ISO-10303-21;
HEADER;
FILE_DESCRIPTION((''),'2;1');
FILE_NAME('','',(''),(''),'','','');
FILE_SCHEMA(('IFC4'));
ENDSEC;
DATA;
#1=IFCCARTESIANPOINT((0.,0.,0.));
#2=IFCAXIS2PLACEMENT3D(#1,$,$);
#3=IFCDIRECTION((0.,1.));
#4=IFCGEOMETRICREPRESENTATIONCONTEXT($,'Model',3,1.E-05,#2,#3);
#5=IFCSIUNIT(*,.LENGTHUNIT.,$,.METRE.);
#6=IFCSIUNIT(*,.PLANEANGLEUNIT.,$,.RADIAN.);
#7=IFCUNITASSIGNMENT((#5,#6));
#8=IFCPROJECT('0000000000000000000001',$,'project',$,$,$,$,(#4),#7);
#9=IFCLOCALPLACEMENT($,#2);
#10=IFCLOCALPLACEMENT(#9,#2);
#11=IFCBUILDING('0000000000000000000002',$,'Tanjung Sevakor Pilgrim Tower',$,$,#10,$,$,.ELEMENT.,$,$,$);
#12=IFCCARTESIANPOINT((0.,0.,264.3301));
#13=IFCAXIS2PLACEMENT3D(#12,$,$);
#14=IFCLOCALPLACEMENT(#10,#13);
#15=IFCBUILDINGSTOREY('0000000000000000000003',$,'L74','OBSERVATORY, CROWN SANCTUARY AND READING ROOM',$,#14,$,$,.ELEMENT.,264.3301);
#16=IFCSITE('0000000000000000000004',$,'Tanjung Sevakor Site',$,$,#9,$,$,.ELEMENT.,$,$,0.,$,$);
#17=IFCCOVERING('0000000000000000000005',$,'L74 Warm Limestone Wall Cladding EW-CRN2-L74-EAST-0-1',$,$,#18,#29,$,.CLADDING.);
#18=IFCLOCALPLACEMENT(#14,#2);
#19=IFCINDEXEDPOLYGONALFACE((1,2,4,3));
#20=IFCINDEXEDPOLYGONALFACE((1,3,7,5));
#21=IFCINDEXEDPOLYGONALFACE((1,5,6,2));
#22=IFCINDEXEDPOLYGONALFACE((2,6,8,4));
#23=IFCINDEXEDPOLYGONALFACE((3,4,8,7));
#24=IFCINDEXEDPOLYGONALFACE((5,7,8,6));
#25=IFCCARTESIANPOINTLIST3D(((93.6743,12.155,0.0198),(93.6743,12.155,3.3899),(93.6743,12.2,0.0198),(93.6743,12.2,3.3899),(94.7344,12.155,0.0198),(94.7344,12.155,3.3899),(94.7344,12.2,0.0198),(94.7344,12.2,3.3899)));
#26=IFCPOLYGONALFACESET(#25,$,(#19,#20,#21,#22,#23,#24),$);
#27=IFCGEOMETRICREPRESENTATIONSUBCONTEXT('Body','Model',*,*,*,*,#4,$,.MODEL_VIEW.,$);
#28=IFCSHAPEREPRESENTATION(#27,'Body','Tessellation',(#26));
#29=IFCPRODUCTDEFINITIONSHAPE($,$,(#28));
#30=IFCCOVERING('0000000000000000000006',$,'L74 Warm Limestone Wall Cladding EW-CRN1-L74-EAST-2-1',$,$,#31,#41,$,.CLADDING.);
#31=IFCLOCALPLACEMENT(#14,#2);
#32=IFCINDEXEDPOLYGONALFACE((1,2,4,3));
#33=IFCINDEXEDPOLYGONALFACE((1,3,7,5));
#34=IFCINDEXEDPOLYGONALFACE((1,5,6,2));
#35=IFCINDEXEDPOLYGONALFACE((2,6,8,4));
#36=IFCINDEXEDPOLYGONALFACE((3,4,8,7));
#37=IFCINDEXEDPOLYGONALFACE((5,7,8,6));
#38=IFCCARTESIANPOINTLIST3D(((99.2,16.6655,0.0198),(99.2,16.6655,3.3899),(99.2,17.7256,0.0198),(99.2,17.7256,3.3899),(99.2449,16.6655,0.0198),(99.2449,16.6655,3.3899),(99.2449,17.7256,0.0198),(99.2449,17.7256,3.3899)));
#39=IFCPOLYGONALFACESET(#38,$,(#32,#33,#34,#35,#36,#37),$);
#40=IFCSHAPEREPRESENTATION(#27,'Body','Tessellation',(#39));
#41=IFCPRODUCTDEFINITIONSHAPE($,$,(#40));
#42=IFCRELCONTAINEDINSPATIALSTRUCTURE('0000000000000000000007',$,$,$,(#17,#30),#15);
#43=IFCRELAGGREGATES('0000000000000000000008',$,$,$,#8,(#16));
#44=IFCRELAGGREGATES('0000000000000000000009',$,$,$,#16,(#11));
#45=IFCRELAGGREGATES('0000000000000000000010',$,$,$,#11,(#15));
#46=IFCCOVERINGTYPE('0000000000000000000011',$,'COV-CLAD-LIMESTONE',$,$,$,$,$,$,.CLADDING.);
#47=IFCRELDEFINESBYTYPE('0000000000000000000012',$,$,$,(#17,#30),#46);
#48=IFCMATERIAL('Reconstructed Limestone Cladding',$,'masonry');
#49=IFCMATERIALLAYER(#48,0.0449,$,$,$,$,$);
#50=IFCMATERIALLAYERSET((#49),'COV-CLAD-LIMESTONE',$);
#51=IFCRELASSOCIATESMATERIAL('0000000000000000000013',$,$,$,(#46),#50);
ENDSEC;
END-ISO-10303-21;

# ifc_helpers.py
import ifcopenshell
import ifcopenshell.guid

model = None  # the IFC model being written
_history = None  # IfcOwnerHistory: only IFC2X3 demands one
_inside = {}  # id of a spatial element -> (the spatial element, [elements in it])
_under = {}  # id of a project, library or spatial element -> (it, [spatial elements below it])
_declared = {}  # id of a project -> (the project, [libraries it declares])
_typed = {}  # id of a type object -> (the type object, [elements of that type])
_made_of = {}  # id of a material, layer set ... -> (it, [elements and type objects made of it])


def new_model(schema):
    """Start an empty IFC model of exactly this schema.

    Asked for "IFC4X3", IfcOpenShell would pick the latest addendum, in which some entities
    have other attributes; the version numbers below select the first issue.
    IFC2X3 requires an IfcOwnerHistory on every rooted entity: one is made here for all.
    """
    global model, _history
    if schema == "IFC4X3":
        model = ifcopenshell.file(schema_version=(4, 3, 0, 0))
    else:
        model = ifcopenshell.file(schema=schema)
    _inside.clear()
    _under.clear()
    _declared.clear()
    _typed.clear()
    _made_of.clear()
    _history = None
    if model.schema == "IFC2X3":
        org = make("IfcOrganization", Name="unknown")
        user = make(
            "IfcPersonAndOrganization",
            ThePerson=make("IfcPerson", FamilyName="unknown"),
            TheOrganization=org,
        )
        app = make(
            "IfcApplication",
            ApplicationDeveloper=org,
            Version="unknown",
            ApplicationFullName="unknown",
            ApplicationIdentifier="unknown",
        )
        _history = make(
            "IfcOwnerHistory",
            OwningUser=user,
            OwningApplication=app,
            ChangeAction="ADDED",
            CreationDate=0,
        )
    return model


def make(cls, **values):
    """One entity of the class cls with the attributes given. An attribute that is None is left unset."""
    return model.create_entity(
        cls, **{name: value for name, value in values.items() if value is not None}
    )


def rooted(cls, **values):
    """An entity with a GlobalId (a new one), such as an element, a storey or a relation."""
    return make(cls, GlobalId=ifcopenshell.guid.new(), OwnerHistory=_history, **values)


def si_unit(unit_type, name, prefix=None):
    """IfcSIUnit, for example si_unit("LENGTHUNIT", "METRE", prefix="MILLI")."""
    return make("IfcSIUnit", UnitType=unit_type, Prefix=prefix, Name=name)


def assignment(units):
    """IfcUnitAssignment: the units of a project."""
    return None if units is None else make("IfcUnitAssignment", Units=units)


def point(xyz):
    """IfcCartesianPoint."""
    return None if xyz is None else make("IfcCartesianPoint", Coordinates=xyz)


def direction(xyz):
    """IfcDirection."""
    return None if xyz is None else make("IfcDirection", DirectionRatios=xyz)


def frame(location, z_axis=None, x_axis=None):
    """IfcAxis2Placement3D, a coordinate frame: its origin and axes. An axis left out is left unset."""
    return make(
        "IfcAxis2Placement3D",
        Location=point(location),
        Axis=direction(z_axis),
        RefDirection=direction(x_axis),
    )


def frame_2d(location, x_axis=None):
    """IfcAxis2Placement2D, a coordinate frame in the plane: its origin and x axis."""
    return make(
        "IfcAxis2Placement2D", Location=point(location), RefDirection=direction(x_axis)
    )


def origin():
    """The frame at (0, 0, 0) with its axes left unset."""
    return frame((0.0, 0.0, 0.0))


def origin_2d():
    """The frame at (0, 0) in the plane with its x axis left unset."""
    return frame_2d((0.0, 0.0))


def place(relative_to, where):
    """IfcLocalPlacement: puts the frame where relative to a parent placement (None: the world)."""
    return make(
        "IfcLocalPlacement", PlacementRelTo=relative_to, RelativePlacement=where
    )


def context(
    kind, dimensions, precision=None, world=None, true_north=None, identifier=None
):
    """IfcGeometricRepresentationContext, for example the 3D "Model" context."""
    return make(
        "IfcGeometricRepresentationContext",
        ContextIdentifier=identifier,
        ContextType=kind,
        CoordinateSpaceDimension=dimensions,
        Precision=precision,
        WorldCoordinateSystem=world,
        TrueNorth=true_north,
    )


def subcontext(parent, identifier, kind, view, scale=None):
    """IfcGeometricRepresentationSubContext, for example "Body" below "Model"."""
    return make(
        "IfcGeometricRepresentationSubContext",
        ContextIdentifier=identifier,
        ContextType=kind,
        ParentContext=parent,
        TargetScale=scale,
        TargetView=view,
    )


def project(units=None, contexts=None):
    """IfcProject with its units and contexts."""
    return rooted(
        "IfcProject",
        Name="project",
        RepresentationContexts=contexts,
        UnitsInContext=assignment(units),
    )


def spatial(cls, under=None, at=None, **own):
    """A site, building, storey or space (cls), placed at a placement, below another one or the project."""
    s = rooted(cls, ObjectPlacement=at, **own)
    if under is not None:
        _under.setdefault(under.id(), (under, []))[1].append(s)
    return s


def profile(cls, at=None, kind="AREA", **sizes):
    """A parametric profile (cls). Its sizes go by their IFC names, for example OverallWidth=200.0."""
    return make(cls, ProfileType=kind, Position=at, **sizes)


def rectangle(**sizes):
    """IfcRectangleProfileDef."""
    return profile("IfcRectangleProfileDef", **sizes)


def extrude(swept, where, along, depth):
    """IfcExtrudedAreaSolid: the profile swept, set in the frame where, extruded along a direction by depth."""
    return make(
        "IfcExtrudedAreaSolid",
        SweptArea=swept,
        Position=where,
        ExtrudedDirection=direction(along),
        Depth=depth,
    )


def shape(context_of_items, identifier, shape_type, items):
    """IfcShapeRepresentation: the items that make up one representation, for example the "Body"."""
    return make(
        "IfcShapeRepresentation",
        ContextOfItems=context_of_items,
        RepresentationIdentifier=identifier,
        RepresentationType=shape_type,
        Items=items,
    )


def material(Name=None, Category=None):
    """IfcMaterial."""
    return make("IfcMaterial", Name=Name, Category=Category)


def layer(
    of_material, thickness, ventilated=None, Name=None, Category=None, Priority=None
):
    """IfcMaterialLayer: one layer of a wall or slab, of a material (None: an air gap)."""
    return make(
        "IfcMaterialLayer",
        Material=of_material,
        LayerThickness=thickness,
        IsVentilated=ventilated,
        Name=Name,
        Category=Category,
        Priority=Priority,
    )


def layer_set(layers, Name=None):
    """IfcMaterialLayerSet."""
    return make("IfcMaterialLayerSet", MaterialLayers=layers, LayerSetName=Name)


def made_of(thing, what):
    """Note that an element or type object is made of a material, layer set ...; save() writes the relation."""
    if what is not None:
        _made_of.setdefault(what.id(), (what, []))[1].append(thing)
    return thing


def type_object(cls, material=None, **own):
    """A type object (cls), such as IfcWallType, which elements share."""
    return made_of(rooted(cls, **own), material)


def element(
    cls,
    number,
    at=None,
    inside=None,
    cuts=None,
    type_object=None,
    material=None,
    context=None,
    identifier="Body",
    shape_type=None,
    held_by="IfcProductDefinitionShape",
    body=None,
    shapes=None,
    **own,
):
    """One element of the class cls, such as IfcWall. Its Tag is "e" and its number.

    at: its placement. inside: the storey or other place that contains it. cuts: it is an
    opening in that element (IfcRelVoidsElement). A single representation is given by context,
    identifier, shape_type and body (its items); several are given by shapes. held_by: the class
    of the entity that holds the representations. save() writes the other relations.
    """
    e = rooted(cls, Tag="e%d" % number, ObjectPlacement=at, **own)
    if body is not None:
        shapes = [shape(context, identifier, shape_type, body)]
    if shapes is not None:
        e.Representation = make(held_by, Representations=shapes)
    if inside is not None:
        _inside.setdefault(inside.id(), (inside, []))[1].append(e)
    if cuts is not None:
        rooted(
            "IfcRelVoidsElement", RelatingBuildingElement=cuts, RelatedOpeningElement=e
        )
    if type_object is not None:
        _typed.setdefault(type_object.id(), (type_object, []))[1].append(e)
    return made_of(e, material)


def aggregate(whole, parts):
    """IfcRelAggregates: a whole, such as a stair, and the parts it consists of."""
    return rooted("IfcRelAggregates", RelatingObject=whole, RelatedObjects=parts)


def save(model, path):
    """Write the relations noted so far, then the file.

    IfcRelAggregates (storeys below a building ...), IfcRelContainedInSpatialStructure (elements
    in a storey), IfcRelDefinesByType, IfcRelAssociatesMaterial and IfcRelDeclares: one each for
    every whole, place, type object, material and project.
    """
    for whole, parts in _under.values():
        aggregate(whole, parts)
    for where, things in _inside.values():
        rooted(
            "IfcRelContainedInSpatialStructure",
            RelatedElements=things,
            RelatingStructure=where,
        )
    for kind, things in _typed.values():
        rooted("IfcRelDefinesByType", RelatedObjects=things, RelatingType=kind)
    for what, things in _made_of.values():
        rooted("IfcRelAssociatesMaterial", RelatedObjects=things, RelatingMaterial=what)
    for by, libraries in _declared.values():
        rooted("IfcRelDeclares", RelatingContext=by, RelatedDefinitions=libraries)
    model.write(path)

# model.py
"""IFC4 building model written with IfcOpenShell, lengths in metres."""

from ifc_helpers import new_model, si_unit, direction, frame, origin, origin_2d, place, context, subcontext, project, spatial, rectangle, extrude, material, layer, layer_set, type_object, element, save


model = new_model("IFC4")

# Units and contexts
model_context = context("Model", 3, precision=1e-05, world=origin(), true_north=direction((0.0, 1.0)))
body_context = subcontext(model_context, "Body", "Model", "MODEL_VIEW")
ifc_project = project(units=[si_unit("LENGTHUNIT", "METRE"), si_unit("PLANEANGLEUNIT", "RADIAN")], contexts=[model_context])

# Site, building, storey
site_placement = place(None, origin())
site = spatial("IfcSite", under=ifc_project, at=site_placement, Name="Tanjung Sevakor Site", CompositionType="ELEMENT", RefElevation=0.0)
building_placement = place(site_placement, origin())
building = spatial("IfcBuilding", under=site, at=building_placement, Name="Tanjung Sevakor Pilgrim Tower", CompositionType="ELEMENT")
storey_placement = place(building_placement, frame((0.0, 0.0, 264.3301)))
storey = spatial("IfcBuildingStorey", under=building, at=storey_placement, Name="L74", Description="OBSERVATORY, CROWN SANCTUARY AND READING ROOM", CompositionType="ELEMENT", Elevation=264.3301)

# Coverings
ifc_material_1 = material(Name="Reconstructed Limestone Cladding", Category="masonry")
ifc_layer_1 = layer(ifc_material_1, 0.0449)
ifc_layer_set_1 = layer_set([ifc_layer_1], Name="COV-CLAD-LIMESTONE")
covering_type = type_object("IfcCoveringType", Name="COV-CLAD-LIMESTONE", PredefinedType="CLADDING", material=ifc_layer_set_1)
for number, where, z_axis, x_axis, name in (
    (1, (94.2043, 12.1775, 0.0198), (0.0, 0.0, 1.0), (1.0, 0.0, 0.0), "L74 Warm Limestone Wall Cladding EW-CRN2-L74-EAST-0-1"),
    (2, (99.2224, 17.1956, 0.0198), (0.0, 0.0, 1.0), (0.0, 1.0, 0.0), "L74 Warm Limestone Wall Cladding EW-CRN1-L74-EAST-2-1"),
):
    element("IfcCovering", number, at=place(storey_placement, frame(where, z_axis=z_axis, x_axis=x_axis)), inside=storey, type_object=covering_type, Name=name, PredefinedType="CLADDING", context=body_context, shape_type="SweptSolid", body=[
        extrude(rectangle(XDim=1.0601, YDim=0.0449, at=origin_2d()), origin(), (0.0, 0.0, 1.0), 3.3701),
    ])

save(model, "model.ifc")
